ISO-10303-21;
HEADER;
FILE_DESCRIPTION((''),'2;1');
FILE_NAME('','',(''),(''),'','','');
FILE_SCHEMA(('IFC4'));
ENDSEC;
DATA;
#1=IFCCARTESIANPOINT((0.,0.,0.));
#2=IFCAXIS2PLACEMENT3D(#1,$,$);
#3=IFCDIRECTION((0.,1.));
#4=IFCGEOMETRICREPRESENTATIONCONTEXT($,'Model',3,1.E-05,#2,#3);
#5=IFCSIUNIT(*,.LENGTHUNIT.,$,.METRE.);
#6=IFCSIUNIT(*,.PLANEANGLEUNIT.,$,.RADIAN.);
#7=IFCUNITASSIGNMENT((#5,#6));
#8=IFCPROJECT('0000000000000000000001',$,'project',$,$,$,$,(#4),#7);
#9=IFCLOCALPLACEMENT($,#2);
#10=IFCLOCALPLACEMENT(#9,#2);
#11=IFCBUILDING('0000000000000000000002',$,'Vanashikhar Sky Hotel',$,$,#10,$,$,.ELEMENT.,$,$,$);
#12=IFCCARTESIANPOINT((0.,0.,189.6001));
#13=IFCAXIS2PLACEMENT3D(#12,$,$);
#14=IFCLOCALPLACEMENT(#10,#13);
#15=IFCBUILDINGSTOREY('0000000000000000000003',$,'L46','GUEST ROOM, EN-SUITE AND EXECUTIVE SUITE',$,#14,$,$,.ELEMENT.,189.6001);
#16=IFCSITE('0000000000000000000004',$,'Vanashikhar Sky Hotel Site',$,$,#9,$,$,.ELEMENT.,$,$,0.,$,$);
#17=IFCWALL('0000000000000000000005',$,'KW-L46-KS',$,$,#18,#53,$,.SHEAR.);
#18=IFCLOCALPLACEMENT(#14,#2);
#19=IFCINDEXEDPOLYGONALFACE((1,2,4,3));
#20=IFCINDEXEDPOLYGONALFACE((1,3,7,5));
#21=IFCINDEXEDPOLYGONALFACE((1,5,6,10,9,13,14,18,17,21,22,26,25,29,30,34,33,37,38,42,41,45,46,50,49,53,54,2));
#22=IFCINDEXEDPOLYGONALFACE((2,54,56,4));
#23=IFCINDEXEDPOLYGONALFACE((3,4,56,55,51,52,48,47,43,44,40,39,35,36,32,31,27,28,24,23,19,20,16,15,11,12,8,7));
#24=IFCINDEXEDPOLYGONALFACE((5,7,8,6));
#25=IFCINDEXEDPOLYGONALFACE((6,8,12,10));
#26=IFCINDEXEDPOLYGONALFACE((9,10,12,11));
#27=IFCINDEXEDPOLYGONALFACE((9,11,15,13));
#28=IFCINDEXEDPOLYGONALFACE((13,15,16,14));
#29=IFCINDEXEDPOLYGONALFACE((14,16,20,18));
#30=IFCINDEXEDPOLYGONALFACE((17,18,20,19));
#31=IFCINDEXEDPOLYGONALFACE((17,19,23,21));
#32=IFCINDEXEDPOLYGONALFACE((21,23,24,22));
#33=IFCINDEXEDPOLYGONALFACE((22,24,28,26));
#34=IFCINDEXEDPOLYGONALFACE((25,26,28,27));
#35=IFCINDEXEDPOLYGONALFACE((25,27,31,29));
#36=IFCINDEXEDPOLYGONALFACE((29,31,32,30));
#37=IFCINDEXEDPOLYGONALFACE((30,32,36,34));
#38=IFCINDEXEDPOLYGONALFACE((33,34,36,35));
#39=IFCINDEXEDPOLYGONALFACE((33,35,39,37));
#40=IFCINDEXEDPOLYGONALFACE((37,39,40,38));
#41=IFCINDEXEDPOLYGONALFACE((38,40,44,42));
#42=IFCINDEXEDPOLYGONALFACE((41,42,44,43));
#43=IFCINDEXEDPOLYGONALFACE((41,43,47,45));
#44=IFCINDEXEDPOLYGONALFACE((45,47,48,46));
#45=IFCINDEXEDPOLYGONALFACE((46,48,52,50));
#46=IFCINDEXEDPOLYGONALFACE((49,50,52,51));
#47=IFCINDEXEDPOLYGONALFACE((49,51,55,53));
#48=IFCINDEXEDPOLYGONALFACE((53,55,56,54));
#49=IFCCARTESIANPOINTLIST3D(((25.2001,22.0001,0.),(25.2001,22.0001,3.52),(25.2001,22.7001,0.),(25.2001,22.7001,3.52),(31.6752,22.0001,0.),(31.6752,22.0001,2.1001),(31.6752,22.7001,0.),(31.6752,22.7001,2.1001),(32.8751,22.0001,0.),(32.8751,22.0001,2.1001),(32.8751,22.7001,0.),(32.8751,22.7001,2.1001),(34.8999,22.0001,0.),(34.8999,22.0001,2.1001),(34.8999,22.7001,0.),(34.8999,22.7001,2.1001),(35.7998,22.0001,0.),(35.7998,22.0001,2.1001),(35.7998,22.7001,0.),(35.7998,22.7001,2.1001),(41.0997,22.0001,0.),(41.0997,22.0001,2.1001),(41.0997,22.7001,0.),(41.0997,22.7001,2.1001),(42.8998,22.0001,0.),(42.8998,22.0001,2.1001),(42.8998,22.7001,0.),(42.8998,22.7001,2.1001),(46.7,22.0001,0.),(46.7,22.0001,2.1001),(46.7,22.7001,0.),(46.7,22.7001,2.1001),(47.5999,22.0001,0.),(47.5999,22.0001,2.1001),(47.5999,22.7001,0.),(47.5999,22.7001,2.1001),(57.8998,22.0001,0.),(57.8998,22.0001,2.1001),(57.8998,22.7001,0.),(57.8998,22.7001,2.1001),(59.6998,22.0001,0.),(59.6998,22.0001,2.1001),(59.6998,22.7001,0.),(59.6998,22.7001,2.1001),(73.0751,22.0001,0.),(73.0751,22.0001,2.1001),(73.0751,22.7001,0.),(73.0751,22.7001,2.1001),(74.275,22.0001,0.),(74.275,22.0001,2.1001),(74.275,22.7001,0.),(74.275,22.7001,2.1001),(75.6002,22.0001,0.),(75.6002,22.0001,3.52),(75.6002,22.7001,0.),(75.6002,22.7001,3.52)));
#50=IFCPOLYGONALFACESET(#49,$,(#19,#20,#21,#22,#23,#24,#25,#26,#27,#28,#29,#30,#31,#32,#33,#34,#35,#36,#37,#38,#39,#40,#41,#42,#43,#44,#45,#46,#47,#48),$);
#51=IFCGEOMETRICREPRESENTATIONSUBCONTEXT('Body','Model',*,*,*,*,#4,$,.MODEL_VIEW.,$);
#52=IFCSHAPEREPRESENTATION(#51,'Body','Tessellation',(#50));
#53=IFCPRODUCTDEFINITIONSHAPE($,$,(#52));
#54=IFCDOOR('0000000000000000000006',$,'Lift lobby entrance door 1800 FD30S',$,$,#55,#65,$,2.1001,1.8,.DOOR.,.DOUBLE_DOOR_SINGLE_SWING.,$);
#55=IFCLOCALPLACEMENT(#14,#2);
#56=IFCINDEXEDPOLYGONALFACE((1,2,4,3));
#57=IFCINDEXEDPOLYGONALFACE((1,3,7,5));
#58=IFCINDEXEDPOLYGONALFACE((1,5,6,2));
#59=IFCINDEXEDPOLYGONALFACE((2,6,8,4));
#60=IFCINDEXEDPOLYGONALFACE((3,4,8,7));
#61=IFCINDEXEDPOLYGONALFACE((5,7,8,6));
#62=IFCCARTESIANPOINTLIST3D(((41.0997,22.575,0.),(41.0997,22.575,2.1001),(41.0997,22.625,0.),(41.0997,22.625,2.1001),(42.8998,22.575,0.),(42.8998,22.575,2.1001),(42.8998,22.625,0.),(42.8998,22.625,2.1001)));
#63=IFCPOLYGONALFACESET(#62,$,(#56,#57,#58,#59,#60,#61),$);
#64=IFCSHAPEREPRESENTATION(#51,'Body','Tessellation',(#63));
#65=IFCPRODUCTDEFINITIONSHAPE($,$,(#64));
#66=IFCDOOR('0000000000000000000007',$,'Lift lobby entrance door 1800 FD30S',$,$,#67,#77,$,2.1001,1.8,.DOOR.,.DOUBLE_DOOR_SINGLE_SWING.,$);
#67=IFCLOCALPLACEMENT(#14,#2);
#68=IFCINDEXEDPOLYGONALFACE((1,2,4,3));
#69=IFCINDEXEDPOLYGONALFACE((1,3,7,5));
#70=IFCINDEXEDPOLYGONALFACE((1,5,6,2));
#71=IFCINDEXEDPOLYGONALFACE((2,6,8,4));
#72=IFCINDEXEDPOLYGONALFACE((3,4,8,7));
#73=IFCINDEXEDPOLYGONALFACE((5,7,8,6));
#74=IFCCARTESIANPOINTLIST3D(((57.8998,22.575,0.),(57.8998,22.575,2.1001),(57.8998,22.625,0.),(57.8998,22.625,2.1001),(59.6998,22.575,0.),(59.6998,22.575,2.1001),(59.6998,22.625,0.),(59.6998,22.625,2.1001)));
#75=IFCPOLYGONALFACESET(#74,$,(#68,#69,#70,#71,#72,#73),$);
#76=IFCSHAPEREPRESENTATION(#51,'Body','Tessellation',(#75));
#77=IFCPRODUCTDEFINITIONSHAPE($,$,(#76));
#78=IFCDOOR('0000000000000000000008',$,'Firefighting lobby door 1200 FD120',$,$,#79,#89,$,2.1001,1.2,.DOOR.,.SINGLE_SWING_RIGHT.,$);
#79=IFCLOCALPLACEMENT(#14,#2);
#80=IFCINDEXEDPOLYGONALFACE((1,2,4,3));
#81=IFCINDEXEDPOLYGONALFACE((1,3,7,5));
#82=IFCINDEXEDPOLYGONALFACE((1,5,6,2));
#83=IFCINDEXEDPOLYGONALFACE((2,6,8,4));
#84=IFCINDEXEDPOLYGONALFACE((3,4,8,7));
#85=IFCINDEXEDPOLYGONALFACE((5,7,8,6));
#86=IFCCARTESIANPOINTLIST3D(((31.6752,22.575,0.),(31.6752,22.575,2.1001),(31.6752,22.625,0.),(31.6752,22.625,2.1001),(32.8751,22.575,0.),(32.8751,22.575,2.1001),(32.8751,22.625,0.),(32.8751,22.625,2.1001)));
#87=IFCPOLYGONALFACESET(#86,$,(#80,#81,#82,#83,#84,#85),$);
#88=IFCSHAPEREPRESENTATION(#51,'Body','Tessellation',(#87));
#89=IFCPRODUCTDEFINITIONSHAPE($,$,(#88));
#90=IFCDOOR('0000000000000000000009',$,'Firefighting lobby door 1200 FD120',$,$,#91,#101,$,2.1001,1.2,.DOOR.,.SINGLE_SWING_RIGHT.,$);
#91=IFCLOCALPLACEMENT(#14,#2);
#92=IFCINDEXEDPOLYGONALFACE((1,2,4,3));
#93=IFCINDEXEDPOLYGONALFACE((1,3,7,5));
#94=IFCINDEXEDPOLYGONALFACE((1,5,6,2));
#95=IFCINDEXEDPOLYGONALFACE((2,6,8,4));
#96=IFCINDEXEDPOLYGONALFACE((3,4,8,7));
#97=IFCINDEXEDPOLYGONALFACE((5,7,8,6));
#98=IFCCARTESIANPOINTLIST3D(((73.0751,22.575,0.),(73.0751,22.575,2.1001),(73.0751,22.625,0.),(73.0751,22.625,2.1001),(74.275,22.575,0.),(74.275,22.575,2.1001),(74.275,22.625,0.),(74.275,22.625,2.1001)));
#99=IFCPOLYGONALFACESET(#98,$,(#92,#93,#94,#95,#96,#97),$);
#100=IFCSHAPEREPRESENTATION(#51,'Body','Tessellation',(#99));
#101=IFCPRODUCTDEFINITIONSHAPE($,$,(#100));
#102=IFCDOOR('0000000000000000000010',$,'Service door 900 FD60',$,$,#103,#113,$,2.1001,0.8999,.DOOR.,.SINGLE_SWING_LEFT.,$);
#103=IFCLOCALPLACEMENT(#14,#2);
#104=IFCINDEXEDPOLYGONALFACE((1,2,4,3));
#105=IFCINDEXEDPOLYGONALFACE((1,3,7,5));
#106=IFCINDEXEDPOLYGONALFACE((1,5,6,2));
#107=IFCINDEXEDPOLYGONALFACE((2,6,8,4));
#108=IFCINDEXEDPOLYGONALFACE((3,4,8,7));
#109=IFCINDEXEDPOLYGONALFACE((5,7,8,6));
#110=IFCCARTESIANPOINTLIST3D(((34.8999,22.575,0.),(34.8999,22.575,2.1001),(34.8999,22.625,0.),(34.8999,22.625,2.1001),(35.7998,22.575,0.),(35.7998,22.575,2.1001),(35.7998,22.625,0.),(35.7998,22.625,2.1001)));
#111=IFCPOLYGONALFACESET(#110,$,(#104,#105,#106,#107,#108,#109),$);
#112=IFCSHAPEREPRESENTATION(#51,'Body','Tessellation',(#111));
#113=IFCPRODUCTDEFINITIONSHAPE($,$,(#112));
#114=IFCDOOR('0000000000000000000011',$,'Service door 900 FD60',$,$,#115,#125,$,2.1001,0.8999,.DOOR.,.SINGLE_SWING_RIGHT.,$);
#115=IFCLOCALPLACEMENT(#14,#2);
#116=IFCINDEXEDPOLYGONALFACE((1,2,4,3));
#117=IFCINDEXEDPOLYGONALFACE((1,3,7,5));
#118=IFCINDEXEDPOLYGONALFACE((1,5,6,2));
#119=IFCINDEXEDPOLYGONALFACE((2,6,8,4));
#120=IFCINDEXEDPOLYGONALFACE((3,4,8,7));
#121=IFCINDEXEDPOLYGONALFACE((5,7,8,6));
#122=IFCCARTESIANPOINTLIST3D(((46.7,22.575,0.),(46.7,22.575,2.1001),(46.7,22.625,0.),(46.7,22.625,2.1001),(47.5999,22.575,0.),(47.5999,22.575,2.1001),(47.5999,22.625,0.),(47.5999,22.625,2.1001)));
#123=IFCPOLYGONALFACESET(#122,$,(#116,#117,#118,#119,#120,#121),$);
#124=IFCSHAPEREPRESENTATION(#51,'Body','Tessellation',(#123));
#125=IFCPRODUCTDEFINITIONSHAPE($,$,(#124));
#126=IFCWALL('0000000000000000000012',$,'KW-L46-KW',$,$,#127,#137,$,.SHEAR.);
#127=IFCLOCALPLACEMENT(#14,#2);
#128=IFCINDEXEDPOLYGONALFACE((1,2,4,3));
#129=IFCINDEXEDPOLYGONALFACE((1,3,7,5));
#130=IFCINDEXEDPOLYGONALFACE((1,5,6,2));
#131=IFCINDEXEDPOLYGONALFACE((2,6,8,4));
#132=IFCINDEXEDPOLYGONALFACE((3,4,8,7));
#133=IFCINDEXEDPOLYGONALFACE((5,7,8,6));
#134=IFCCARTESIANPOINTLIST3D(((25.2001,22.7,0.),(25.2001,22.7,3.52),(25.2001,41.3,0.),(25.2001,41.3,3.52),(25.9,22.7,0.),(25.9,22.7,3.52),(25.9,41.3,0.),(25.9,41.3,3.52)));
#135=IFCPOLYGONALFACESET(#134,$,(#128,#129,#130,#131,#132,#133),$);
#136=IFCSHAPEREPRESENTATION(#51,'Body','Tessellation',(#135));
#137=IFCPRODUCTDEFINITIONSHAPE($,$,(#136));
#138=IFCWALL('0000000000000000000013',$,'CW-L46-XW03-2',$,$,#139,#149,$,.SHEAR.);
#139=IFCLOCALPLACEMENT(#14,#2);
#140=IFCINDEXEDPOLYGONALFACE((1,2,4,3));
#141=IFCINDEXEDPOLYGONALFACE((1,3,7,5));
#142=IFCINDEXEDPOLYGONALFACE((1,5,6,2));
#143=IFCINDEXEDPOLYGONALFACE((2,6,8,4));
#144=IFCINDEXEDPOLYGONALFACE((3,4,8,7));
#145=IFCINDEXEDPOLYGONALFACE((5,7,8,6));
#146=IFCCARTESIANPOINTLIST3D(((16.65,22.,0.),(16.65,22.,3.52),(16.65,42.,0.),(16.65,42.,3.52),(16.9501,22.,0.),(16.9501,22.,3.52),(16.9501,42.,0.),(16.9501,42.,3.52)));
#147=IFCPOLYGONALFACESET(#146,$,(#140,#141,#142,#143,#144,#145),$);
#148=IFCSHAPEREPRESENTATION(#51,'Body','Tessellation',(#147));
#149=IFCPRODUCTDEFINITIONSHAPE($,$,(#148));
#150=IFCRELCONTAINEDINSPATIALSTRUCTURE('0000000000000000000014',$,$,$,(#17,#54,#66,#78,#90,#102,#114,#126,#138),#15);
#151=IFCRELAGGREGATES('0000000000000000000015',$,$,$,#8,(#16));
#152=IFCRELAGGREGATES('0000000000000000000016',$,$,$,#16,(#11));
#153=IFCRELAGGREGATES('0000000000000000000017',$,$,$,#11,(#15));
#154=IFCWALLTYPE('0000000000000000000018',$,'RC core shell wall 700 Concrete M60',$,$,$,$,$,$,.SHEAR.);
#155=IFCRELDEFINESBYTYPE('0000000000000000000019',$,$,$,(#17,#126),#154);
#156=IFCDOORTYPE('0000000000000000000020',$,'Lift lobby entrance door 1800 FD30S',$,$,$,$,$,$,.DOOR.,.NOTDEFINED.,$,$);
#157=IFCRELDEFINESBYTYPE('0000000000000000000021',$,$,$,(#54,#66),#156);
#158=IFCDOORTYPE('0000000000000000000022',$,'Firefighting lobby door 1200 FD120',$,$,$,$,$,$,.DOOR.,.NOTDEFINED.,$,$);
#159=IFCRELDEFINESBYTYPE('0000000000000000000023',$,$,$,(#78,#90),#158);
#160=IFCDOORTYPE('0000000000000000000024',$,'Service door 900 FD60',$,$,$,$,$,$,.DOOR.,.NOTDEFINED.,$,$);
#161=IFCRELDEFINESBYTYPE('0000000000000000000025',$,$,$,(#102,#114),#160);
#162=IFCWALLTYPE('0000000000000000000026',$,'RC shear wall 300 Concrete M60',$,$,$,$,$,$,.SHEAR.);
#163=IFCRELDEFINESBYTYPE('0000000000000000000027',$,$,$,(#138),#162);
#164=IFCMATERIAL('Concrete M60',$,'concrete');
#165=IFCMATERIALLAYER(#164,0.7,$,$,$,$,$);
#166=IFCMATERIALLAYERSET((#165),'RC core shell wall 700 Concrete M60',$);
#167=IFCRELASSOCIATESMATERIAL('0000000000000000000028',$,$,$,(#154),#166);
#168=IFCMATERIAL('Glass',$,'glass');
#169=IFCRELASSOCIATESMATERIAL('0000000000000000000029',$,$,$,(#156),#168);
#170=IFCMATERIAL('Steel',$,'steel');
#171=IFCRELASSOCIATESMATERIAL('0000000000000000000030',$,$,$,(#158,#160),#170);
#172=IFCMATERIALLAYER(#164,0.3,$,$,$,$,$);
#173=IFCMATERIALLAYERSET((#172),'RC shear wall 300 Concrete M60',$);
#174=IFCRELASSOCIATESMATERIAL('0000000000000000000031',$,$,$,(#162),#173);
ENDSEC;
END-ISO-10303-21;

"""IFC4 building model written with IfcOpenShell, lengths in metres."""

from ifc_helpers import new_model, si_unit, direction, frame, frame_2d, origin, place, context, subcontext, project, spatial, rectangle, extrude, source, transform, mapped, material, layer, layer_set, type_object, element, fill, save


model = new_model("IFC4")

# Units and contexts
model_context = context("Model", 3, precision=1e-05, world=origin(), true_north=direction((0.0, 1.0)))
body_context = subcontext(model_context, "Body", "Model", "MODEL_VIEW")
ifc_project = project(units=[si_unit("LENGTHUNIT", "METRE"), si_unit("PLANEANGLEUNIT", "RADIAN")], contexts=[model_context])

# Site, building, storey
site_placement = place(None, origin())
site = spatial("IfcSite", under=ifc_project, at=site_placement, Name="Vanashikhar Sky Hotel Site", CompositionType="ELEMENT", RefElevation=0.0)
building_placement = place(site_placement, origin())
building = spatial("IfcBuilding", under=site, at=building_placement, Name="Vanashikhar Sky Hotel", CompositionType="ELEMENT")
storey_placement = place(building_placement, frame((0.0, 0.0, 189.6001)))
storey = spatial("IfcBuildingStorey", under=building, at=storey_placement, Name="L46", Description="GUEST ROOM, EN-SUITE AND EXECUTIVE SUITE", CompositionType="ELEMENT", Elevation=189.6001)

# Wall, openings, doors
ifc_material_1 = material(Name="Concrete M60", Category="concrete")
ifc_layer_1 = layer(ifc_material_1, 0.7)
ifc_layer_set_1 = layer_set([ifc_layer_1], Name="RC core shell wall 700 Concrete M60")
wall_type_1 = type_object("IfcWallType", Name="RC core shell wall 700 Concrete M60", PredefinedType="SHEAR", material=ifc_layer_set_1)
shared_shape_1 = source(origin(), body_context, "Body", "SweptSolid", [
    extrude(rectangle(XDim=50.4001, YDim=0.7, at=frame_2d((25.2002, 0.0))), origin(), (0.0, 0.0, 1.0), 3.52),
])
wall_1_placement = place(storey_placement, frame((25.2, 22.3501, 0.0), z_axis=(0.0, 0.0, 1.0), x_axis=(1.0, 0.0, 0.0)))
wall_1 = element("IfcWall", 1, at=wall_1_placement, inside=storey, type_object=wall_type_1, Name="KW-L46-KS", PredefinedType="SHEAR", context=body_context, shape_type="MappedRepresentation", body=[
    mapped(shared_shape_1, transform((0.0, 0.0, 0.0), scale=1.0)),
])
shared_shape_2 = source(origin(), body_context, "Body", "SweptSolid", [
    extrude(rectangle(XDim=1.8, YDim=2.1001, at=frame_2d((0.8999, 1.05))), frame((0.0, 0.3599, 0.0), z_axis=(0.0, -1.0, 0.0), x_axis=(1.0, 0.0, 0.0)), (0.0, 0.0, 1.0), 0.72),
])
opening_1_placement = place(wall_1_placement, frame((15.8999, 0.0, 0.0)))
opening_1 = element("IfcOpeningElement", 2, at=opening_1_placement, cuts=wall_1, PredefinedType="OPENING", context=body_context, shape_type="MappedRepresentation", body=[
    mapped(shared_shape_2, transform((0.0, 0.0, 0.0), scale=1.0)),
])
shared_shape_3 = source(origin(), body_context, "Body", "SweptSolid", [
    extrude(rectangle(XDim=0.8999, YDim=2.1001, at=frame_2d((0.45, 1.05))), frame((0.0, 0.3599, 0.0), z_axis=(0.0, -1.0, 0.0), x_axis=(1.0, 0.0, 0.0)), (0.0, 0.0, 1.0), 0.72),
])
opening_2_placement = place(wall_1_placement, frame((9.7, 0.0, 0.0)))
opening_2 = element("IfcOpeningElement", 3, at=opening_2_placement, cuts=wall_1, PredefinedType="OPENING", context=body_context, shape_type="MappedRepresentation", body=[
    mapped(shared_shape_3, transform((0.0, 0.0, 0.0), scale=1.0)),
])
opening_3_placement = place(wall_1_placement, frame((21.5, 0.0, 0.0)))
opening_3 = element("IfcOpeningElement", 4, at=opening_3_placement, cuts=wall_1, PredefinedType="OPENING", context=body_context, shape_type="MappedRepresentation", body=[
    mapped(shared_shape_3, transform((0.0, 0.0, 0.0), scale=1.0)),
])
opening_4_placement = place(wall_1_placement, frame((32.7, 0.0, 0.0)))
opening_4 = element("IfcOpeningElement", 5, at=opening_4_placement, cuts=wall_1, PredefinedType="OPENING", context=body_context, shape_type="MappedRepresentation", body=[
    mapped(shared_shape_2, transform((0.0, 0.0, 0.0), scale=1.0)),
])
shared_shape_4 = source(origin(), body_context, "Body", "SweptSolid", [
    extrude(rectangle(XDim=1.2, YDim=2.1001, at=frame_2d((0.6001, 1.05))), frame((0.0, 0.3599, 0.0), z_axis=(0.0, -1.0, 0.0), x_axis=(1.0, 0.0, 0.0)), (0.0, 0.0, 1.0), 0.72),
])
opening_5_placement = place(wall_1_placement, frame((6.4751, 0.0, 0.0)))
opening_5 = element("IfcOpeningElement", 6, at=opening_5_placement, cuts=wall_1, PredefinedType="OPENING", context=body_context, shape_type="MappedRepresentation", body=[
    mapped(shared_shape_4, transform((0.0, 0.0, 0.0), scale=1.0)),
])
opening_6_placement = place(wall_1_placement, frame((47.875, 0.0, 0.0)))
opening_6 = element("IfcOpeningElement", 7, at=opening_6_placement, cuts=wall_1, PredefinedType="OPENING", context=body_context, shape_type="MappedRepresentation", body=[
    mapped(shared_shape_4, transform((0.0, 0.0, 0.0), scale=1.0)),
])
ifc_material_2 = material(Name="Glass", Category="glass")
door_type_1 = type_object("IfcDoorType", Name="Lift lobby entrance door 1800 FD30S", OperationType="NOTDEFINED", PredefinedType="DOOR", material=ifc_material_2)
shared_shape_5 = source(origin(), body_context, "Body", "SweptSolid", [
    extrude(rectangle(XDim=1.8, YDim=2.1001, at=frame_2d((0.8999, 1.05))), frame((0.0, 0.2749, 0.0), z_axis=(0.0, -1.0, 0.0), x_axis=(1.0, 0.0, 0.0)), (0.0, 0.0, 1.0), 0.05),
])
door_1_placement = place(opening_1_placement, origin())
door_1 = element("IfcDoor", 8, at=door_1_placement, inside=storey, type_object=door_type_1, Name="Lift lobby entrance door 1800 FD30S", OperationType="DOUBLE_DOOR_SINGLE_SWING", OverallHeight=2.1001, OverallWidth=1.8, PredefinedType="DOOR", context=body_context, shape_type="MappedRepresentation", body=[
    mapped(shared_shape_5, transform((0.0, 0.0, 0.0), scale=1.0)),
])
fill(opening_1, door_1)
door_2_placement = place(opening_4_placement, origin())
door_2 = element("IfcDoor", 9, at=door_2_placement, inside=storey, type_object=door_type_1, Name="Lift lobby entrance door 1800 FD30S", OperationType="DOUBLE_DOOR_SINGLE_SWING", OverallHeight=2.1001, OverallWidth=1.8, PredefinedType="DOOR", context=body_context, shape_type="MappedRepresentation", body=[
    mapped(shared_shape_5, transform((0.0, 0.0, 0.0), scale=1.0)),
])
fill(opening_4, door_2)
ifc_material_3 = material(Name="Steel", Category="steel")
door_type_2 = type_object("IfcDoorType", Name="Firefighting lobby door 1200 FD120", OperationType="NOTDEFINED", PredefinedType="DOOR", material=ifc_material_3)
shared_shape_6 = source(origin(), body_context, "Body", "SweptSolid", [
    extrude(rectangle(XDim=1.2, YDim=2.1001, at=frame_2d((0.6001, 1.05))), frame((0.0, 0.2749, 0.0), z_axis=(0.0, -1.0, 0.0), x_axis=(1.0, 0.0, 0.0)), (0.0, 0.0, 1.0), 0.05),
])
door_3_placement = place(opening_5_placement, origin())
door_3 = element("IfcDoor", 10, at=door_3_placement, inside=storey, type_object=door_type_2, Name="Firefighting lobby door 1200 FD120", OperationType="SINGLE_SWING_RIGHT", OverallHeight=2.1001, OverallWidth=1.2, PredefinedType="DOOR", context=body_context, shape_type="MappedRepresentation", body=[
    mapped(shared_shape_6, transform((0.0, 0.0, 0.0), scale=1.0)),
])
fill(opening_5, door_3)
door_4_placement = place(opening_6_placement, origin())
door_4 = element("IfcDoor", 11, at=door_4_placement, inside=storey, type_object=door_type_2, Name="Firefighting lobby door 1200 FD120", OperationType="SINGLE_SWING_RIGHT", OverallHeight=2.1001, OverallWidth=1.2, PredefinedType="DOOR", context=body_context, shape_type="MappedRepresentation", body=[
    mapped(shared_shape_6, transform((0.0, 0.0, 0.0), scale=1.0)),
])
fill(opening_6, door_4)
door_type_3 = type_object("IfcDoorType", Name="Service door 900 FD60", OperationType="NOTDEFINED", PredefinedType="DOOR", material=ifc_material_3)
shared_shape_7 = source(origin(), body_context, "Body", "SweptSolid", [
    extrude(rectangle(XDim=0.8999, YDim=2.1001, at=frame_2d((0.45, 1.05))), frame((0.0, 0.2749, 0.0), z_axis=(0.0, -1.0, 0.0), x_axis=(1.0, 0.0, 0.0)), (0.0, 0.0, 1.0), 0.05),
])
door_5_placement = place(opening_2_placement, origin())
door_5 = element("IfcDoor", 12, at=door_5_placement, inside=storey, type_object=door_type_3, Name="Service door 900 FD60", OperationType="SINGLE_SWING_LEFT", OverallHeight=2.1001, OverallWidth=0.8999, PredefinedType="DOOR", context=body_context, shape_type="MappedRepresentation", body=[
    mapped(shared_shape_7, transform((0.0, 0.0, 0.0), scale=1.0)),
])
fill(opening_2, door_5)
door_6_placement = place(opening_3_placement, origin())
door_6 = element("IfcDoor", 13, at=door_6_placement, inside=storey, type_object=door_type_3, Name="Service door 900 FD60", OperationType="SINGLE_SWING_RIGHT", OverallHeight=2.1001, OverallWidth=0.8999, PredefinedType="DOOR", context=body_context, shape_type="MappedRepresentation", body=[
    mapped(shared_shape_7, transform((0.0, 0.0, 0.0), scale=1.0)),
])
fill(opening_3, door_6)

# Walls
shared_shape_8 = source(origin(), body_context, "Body", "SweptSolid", [
    extrude(rectangle(XDim=18.6001, YDim=0.7, at=frame_2d((9.3, 0.0))), origin(), (0.0, 0.0, 1.0), 3.52),
])
wall_2_placement = place(storey_placement, frame((25.55, 22.7, 0.0), z_axis=(0.0, 0.0, 1.0), x_axis=(0.0, 1.0, 0.0)))
element("IfcWall", 14, at=wall_2_placement, inside=storey, type_object=wall_type_1, Name="KW-L46-KW", PredefinedType="SHEAR", context=body_context, shape_type="MappedRepresentation", body=[
    mapped(shared_shape_8, transform((0.0, 0.0, 0.0), scale=1.0)),
])
ifc_layer_2 = layer(ifc_material_1, 0.3)
ifc_layer_set_2 = layer_set([ifc_layer_2], Name="RC shear wall 300 Concrete M60")
wall_type_2 = type_object("IfcWallType", Name="RC shear wall 300 Concrete M60", PredefinedType="SHEAR", material=ifc_layer_set_2)
shared_shape_9 = source(origin(), body_context, "Body", "SweptSolid", [
    extrude(rectangle(XDim=20.0, YDim=0.3, at=frame_2d((10.0, 0.0))), origin(), (0.0, 0.0, 1.0), 3.52),
])
wall_3_placement = place(storey_placement, frame((16.8, 22.0, 0.0), z_axis=(0.0, 0.0, 1.0), x_axis=(0.0, 1.0, 0.0)))
element("IfcWall", 15, at=wall_3_placement, inside=storey, type_object=wall_type_2, Name="CW-L46-XW03-2", PredefinedType="SHEAR", context=body_context, shape_type="MappedRepresentation", body=[
    mapped(shared_shape_9, transform((0.0, 0.0, 0.0), scale=1.0)),
])

save(model, "model.ifc")
